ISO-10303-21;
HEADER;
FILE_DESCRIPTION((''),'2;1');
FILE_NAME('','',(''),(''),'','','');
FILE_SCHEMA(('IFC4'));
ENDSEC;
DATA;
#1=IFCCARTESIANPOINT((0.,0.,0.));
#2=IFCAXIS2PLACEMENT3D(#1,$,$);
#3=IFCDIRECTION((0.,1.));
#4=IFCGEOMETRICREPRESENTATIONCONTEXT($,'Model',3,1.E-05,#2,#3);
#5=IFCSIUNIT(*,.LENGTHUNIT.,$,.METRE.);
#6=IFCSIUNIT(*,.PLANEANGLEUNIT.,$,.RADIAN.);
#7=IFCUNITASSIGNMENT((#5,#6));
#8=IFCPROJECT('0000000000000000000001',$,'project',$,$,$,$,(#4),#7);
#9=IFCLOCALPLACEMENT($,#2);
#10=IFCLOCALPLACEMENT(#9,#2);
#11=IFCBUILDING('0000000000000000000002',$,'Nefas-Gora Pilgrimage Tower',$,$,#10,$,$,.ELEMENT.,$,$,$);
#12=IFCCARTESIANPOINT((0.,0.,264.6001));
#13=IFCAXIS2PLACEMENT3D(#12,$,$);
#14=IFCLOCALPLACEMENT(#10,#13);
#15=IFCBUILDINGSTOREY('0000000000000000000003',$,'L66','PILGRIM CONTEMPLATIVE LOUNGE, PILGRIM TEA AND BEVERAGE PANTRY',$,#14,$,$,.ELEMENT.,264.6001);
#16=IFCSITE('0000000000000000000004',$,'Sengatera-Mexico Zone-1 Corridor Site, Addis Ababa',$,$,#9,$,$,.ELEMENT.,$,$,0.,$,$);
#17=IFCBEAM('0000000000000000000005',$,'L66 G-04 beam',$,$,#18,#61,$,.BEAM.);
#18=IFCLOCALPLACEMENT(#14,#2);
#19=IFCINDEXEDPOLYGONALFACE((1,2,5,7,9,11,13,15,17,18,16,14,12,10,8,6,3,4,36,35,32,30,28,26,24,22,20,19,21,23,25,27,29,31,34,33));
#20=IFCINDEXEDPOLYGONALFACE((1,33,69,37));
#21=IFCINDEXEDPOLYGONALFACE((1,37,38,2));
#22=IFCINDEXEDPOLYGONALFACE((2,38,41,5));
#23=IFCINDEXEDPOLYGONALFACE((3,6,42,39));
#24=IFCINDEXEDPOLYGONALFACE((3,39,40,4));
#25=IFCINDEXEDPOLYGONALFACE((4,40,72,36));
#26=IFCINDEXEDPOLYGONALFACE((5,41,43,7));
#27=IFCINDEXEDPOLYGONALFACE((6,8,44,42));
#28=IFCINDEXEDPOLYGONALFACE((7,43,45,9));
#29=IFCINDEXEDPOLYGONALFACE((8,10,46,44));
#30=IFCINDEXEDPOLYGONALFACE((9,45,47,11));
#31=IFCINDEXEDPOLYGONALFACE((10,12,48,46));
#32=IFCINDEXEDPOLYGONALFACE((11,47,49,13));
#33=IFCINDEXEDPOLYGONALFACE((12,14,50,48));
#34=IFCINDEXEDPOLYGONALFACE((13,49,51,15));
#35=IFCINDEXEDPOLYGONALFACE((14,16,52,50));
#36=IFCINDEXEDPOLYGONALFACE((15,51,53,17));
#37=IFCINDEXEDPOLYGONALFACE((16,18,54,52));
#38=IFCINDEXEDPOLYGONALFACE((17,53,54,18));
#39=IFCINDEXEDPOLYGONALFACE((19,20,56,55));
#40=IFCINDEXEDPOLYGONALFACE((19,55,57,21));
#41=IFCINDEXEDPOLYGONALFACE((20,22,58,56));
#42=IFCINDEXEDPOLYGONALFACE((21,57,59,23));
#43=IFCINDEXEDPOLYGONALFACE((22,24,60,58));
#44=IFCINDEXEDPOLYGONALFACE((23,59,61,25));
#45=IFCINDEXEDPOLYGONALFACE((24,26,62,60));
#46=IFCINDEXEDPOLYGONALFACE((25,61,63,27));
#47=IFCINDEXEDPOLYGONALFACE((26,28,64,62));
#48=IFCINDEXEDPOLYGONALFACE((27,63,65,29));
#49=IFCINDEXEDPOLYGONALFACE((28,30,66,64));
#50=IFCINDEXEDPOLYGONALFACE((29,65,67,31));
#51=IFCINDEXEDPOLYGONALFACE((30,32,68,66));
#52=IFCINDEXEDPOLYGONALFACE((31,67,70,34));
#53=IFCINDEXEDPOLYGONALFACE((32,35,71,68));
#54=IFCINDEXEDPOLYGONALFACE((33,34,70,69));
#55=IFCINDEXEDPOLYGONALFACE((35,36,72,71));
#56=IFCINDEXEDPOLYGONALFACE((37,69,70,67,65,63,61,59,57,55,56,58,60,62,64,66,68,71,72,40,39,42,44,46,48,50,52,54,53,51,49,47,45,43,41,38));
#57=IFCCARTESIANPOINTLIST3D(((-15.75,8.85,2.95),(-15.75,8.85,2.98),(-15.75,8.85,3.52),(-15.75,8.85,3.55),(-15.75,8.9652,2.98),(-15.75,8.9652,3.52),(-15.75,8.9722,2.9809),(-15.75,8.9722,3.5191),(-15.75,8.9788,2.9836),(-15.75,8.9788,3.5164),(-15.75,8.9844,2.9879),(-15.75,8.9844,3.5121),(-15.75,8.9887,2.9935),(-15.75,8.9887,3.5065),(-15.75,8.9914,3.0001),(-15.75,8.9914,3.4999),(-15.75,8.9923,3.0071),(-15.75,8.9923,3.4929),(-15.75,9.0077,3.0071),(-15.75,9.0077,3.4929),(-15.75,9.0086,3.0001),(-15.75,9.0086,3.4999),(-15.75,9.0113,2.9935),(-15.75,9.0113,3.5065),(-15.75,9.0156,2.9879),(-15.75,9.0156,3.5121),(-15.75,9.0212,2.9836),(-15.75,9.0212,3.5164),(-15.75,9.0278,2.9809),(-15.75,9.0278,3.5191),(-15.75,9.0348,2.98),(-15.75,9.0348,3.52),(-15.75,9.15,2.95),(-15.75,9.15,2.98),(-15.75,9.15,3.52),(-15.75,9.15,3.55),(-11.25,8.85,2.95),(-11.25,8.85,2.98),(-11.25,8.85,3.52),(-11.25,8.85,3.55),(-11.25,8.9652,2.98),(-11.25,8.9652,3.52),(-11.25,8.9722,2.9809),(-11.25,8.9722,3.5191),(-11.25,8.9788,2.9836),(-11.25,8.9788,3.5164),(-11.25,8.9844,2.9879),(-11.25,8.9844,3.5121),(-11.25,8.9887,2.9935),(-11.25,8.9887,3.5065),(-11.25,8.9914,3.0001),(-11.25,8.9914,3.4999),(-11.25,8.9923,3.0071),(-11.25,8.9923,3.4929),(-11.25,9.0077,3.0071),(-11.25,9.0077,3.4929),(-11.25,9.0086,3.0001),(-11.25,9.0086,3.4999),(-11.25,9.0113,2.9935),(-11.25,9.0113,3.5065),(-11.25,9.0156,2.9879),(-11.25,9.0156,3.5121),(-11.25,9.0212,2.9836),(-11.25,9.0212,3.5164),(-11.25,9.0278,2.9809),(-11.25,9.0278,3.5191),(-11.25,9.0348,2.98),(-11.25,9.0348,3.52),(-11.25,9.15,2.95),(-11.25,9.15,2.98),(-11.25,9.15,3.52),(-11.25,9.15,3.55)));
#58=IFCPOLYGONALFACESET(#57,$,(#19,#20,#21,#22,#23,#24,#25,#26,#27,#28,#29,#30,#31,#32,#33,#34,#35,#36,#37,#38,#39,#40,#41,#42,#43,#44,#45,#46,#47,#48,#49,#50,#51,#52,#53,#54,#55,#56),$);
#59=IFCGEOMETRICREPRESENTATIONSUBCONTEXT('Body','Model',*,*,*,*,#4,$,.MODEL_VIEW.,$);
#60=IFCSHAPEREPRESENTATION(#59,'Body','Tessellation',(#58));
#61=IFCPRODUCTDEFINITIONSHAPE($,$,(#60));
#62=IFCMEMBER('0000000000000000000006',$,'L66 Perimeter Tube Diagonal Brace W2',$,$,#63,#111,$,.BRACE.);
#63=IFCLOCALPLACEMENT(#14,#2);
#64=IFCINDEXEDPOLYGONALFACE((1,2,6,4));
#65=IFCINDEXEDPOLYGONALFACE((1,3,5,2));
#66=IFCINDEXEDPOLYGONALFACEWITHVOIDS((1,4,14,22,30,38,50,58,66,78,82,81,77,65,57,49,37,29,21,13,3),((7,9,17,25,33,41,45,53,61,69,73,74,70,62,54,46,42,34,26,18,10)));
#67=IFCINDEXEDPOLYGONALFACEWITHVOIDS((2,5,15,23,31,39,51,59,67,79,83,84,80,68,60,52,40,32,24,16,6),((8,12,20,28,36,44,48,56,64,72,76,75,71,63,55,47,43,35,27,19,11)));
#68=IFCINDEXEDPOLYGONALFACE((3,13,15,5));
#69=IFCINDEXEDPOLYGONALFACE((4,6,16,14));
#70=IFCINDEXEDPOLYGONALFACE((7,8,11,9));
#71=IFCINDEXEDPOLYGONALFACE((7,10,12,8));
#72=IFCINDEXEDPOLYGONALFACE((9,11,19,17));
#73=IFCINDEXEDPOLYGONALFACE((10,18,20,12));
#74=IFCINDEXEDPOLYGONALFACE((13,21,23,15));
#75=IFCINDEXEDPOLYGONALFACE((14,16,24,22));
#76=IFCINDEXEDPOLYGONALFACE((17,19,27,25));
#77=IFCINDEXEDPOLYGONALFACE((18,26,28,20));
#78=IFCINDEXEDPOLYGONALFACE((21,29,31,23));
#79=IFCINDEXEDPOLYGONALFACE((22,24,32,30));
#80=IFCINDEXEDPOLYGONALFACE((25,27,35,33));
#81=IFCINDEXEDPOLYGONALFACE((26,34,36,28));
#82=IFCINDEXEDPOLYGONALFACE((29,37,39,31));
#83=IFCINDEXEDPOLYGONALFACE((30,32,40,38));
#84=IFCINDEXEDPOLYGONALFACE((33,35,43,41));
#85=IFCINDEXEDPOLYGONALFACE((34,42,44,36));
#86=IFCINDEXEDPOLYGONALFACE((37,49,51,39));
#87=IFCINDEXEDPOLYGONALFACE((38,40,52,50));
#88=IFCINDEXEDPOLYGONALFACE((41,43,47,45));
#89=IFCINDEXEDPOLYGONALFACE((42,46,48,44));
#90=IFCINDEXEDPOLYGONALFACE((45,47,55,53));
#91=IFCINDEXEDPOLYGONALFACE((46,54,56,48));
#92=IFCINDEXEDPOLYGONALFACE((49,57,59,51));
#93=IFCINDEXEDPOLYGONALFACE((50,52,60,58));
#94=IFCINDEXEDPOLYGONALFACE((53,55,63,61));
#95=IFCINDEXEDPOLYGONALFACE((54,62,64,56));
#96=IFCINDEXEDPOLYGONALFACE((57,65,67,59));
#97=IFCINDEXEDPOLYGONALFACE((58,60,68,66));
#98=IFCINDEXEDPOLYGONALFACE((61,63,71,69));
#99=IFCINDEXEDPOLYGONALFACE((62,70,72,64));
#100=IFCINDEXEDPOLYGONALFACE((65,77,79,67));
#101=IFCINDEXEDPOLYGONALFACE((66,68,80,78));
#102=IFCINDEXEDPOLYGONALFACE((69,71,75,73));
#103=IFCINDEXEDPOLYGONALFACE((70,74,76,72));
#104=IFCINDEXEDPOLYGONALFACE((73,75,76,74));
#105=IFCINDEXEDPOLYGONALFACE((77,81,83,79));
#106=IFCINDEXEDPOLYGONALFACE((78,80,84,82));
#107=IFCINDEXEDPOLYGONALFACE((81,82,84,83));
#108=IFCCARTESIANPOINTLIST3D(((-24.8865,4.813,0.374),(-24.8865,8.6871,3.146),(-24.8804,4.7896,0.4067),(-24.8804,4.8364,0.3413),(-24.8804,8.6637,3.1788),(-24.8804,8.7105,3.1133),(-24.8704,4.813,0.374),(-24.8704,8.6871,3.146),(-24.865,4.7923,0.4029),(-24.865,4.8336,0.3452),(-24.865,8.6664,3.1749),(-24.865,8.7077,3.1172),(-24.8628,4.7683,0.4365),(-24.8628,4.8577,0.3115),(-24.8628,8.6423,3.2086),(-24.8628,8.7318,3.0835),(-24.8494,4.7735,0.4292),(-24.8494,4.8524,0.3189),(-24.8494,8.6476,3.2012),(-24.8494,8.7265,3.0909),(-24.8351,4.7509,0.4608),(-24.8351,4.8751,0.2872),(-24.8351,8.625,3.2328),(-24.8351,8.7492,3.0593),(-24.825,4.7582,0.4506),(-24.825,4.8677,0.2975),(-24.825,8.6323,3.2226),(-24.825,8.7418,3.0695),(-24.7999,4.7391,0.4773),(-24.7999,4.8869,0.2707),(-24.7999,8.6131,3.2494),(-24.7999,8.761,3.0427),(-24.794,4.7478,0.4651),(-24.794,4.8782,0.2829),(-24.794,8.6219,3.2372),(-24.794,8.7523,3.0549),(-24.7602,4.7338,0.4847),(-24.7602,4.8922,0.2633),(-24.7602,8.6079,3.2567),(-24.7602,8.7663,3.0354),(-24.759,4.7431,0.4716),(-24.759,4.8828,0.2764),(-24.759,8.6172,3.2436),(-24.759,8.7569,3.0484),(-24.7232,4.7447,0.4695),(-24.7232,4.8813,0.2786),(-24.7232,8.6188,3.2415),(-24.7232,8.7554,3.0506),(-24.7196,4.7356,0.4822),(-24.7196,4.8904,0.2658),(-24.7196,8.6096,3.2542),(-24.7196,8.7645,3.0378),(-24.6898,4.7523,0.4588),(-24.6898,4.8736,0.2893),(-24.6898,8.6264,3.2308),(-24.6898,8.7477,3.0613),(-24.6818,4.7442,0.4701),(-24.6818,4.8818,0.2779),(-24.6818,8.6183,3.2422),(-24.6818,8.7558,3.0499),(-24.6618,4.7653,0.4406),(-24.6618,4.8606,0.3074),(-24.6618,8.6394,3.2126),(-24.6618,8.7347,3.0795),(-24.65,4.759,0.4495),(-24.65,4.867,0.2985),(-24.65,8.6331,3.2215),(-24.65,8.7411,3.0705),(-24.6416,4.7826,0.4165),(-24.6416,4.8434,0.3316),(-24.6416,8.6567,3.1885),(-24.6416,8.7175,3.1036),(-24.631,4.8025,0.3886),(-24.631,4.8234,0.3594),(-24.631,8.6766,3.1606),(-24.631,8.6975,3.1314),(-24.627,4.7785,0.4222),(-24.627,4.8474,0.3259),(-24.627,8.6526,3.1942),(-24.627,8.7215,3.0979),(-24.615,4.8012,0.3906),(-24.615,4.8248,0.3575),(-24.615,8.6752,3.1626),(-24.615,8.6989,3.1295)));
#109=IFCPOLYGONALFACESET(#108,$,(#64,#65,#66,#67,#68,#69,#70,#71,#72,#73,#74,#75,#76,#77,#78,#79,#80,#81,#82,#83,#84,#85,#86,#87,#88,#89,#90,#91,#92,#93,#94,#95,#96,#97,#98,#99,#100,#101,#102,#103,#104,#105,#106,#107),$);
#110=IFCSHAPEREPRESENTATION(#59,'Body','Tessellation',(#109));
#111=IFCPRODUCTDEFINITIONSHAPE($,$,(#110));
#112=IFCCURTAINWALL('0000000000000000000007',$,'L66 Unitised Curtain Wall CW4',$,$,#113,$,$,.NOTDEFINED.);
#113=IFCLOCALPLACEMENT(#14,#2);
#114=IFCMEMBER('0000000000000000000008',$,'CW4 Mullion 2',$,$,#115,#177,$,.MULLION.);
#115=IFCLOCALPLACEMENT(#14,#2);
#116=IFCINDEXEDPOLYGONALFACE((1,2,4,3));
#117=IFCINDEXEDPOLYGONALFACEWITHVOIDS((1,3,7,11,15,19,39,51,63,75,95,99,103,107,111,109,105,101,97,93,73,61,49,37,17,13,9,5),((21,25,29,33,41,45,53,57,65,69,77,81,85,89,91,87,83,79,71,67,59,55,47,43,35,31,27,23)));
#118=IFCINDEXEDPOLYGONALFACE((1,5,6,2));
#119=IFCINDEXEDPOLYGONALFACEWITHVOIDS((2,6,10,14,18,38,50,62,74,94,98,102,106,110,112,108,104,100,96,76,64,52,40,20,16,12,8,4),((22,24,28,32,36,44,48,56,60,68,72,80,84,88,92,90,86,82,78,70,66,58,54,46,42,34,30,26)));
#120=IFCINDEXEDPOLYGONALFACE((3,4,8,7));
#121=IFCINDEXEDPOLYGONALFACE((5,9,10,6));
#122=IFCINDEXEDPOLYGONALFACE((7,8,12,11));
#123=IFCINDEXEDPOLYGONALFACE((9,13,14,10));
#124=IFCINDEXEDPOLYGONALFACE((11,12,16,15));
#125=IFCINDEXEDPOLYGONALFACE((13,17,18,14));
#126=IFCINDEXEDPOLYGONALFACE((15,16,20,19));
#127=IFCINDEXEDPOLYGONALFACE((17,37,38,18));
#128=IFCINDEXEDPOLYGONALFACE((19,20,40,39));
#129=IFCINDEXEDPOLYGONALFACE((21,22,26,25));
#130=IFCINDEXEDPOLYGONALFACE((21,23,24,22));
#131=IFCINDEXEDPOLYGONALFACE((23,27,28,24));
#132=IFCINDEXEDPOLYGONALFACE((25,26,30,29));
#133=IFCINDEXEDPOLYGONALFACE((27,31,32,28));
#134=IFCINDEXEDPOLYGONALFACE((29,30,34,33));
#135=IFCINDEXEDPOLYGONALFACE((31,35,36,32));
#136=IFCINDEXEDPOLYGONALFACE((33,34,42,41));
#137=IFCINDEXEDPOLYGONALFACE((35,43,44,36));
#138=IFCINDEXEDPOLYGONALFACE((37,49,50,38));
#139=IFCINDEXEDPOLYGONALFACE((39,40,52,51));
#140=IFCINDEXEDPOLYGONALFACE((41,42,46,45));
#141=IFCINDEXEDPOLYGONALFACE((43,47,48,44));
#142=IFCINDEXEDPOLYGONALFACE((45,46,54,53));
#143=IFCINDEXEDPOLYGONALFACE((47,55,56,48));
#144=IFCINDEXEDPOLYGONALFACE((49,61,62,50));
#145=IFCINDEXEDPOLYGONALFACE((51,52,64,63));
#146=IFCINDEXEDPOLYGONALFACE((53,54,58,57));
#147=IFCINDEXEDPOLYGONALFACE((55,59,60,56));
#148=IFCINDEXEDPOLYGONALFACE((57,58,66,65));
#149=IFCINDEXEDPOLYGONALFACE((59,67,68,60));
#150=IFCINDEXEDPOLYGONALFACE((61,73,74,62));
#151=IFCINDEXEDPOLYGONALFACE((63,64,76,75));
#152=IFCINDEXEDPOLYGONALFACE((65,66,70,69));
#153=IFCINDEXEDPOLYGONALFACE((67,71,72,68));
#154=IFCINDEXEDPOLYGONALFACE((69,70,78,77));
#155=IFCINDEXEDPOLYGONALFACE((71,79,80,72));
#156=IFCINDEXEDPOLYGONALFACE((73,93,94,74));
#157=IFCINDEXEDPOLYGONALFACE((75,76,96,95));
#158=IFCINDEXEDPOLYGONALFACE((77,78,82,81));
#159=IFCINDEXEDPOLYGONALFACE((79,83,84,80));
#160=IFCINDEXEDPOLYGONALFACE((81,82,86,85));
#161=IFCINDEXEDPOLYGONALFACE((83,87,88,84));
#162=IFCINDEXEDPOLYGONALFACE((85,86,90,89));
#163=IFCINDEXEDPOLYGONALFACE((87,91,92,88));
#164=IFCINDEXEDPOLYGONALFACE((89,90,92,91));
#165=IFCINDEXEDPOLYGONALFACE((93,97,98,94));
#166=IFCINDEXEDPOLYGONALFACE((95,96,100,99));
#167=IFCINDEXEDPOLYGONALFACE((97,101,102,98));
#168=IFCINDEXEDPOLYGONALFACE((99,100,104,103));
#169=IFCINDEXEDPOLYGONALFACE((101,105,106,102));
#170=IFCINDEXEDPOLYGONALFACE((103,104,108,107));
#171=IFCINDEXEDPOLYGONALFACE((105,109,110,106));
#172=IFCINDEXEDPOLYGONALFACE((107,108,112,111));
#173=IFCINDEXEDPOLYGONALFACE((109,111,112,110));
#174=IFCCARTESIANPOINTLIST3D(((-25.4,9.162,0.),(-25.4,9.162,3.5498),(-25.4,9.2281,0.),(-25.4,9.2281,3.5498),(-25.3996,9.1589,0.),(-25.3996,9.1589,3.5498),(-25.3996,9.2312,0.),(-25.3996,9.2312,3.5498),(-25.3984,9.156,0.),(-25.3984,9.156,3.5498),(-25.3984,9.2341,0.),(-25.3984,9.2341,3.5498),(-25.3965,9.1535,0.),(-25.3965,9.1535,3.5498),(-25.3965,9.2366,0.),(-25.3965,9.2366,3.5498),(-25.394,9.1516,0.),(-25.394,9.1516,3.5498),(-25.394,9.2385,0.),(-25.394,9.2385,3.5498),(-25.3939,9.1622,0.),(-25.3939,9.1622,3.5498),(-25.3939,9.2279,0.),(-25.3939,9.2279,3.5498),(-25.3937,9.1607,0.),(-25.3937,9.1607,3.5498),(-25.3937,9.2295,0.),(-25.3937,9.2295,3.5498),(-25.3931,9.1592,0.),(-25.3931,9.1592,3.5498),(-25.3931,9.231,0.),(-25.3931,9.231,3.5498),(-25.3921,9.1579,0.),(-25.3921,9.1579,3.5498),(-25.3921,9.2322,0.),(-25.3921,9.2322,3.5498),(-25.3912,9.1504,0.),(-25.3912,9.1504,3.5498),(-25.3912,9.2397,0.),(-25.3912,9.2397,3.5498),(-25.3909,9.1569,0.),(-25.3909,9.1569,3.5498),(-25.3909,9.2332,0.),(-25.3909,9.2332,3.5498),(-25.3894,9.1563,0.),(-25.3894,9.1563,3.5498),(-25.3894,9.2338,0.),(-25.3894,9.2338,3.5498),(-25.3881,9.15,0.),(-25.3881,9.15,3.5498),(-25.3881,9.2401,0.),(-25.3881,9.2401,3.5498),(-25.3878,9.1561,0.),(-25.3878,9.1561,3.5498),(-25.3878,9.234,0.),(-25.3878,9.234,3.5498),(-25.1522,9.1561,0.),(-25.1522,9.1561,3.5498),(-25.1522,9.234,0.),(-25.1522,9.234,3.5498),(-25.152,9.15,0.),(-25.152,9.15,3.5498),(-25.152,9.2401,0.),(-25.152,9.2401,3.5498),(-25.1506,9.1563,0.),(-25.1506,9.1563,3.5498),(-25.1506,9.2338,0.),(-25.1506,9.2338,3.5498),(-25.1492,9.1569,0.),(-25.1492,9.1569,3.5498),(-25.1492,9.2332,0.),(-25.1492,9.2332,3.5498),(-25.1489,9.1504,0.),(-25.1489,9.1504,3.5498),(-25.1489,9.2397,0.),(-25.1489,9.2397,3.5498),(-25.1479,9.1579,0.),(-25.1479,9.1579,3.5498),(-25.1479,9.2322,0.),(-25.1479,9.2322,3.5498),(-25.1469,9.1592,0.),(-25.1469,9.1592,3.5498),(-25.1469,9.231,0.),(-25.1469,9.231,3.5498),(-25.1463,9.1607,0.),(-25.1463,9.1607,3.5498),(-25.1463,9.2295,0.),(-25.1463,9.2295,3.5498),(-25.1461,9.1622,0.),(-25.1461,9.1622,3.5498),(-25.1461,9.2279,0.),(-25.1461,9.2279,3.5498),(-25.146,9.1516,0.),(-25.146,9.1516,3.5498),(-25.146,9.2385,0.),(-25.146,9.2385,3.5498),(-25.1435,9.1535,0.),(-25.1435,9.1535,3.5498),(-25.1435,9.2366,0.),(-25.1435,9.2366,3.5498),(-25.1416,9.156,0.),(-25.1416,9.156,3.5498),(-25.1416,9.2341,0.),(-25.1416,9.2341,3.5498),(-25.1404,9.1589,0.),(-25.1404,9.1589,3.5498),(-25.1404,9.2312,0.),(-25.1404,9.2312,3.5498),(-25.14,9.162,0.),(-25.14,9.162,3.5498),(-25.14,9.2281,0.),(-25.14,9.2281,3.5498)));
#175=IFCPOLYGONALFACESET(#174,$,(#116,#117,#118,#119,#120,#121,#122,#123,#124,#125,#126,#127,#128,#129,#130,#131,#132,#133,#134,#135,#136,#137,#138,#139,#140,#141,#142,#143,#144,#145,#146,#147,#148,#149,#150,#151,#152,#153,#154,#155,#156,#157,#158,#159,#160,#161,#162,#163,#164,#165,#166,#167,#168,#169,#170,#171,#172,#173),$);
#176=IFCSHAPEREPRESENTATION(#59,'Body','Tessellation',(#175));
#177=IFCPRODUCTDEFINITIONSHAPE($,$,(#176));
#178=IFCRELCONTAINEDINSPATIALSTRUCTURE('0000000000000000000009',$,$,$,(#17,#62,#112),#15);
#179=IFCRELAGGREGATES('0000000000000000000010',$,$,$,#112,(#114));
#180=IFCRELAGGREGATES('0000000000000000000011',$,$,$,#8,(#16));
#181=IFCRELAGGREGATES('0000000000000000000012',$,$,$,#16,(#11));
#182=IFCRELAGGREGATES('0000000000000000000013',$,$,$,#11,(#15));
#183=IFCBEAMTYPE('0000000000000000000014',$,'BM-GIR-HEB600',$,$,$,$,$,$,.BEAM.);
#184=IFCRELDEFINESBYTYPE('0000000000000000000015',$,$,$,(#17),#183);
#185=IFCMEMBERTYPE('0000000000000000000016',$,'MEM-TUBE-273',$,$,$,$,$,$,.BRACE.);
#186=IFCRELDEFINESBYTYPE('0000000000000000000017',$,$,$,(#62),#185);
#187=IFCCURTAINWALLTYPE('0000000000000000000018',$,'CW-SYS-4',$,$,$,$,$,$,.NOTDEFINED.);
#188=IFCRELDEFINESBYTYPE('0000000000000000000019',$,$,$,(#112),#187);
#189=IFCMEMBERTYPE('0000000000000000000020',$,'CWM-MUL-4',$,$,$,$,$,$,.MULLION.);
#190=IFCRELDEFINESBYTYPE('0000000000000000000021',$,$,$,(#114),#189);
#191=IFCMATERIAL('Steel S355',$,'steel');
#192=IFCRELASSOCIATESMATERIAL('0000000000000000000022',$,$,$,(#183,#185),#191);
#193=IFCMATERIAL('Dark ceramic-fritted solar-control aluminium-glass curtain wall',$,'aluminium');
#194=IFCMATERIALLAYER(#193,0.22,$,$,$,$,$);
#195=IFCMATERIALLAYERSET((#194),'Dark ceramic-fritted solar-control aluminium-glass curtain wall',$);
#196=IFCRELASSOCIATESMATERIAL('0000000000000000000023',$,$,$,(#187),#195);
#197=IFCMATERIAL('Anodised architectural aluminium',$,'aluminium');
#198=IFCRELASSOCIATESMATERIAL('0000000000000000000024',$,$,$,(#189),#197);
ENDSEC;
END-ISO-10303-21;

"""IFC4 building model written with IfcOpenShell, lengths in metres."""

from ifc_helpers import new_model, si_unit, direction, frame, origin, origin_2d, place, context, subcontext, project, spatial, hollow_rectangle, hollow_circle, i_section, extrude, source, transform, mapped, material, layer, layer_set, material_profile, profile_set, type_object, element, aggregate, save


model = new_model("IFC4")

# Units and contexts
model_context = context("Model", 3, precision=1e-05, world=origin(), true_north=direction((0.0, 1.0)))
body_context = subcontext(model_context, "Body", "Model", "MODEL_VIEW")
ifc_project = project(units=[si_unit("LENGTHUNIT", "METRE"), si_unit("PLANEANGLEUNIT", "RADIAN")], contexts=[model_context])

# Site, building, storey
site_placement = place(None, origin())
site = spatial("IfcSite", under=ifc_project, at=site_placement, Name="Sengatera-Mexico Zone-1 Corridor Site, Addis Ababa", CompositionType="ELEMENT", RefElevation=0.0)
building_placement = place(site_placement, origin())
building = spatial("IfcBuilding", under=site, at=building_placement, Name="Nefas-Gora Pilgrimage Tower", CompositionType="ELEMENT")
storey_placement = place(building_placement, frame((0.0, 0.0, 264.6001)))
storey = spatial("IfcBuildingStorey", under=building, at=storey_placement, Name="L66", Description="PILGRIM CONTEMPLATIVE LOUNGE, PILGRIM TEA AND BEVERAGE PANTRY", CompositionType="ELEMENT", Elevation=264.6001)

# Shared definitions
ifc_material_1 = material(Name="Steel S355", Category="steel")

# Beam
ifc_material_profile_1 = material_profile(ifc_material_1, i_section(OverallWidth=0.3, OverallDepth=0.6001, WebThickness=0.0154, FlangeThickness=0.03, FilletRadius=0.0271, at=origin_2d()), Name="HEB 600")
ifc_profile_set_1 = profile_set([ifc_material_profile_1], Name="Steel S355")
beam_type_1 = type_object("IfcBeamType", Name="BM-GIR-HEB600", PredefinedType="BEAM", material=ifc_profile_set_1)
shared_shape_1 = source(origin(), body_context, "Body", "SweptSolid", [
    extrude(i_section(OverallWidth=0.3, OverallDepth=0.6001, WebThickness=0.0154, FlangeThickness=0.03, FilletRadius=0.0271, at=origin_2d()), origin(), (0.0, 0.0, 1.0), 4.5),
])
for number, where, z_axis, x_axis, name in (
    (1, (-15.75, 9.0, 3.25), (1.0, 0.0, 0.0), (0.0, 1.0, 0.0), "L66 G-04 beam"),
):
    element("IfcBeam", number, at=place(storey_placement, frame(where, z_axis=z_axis, x_axis=x_axis)), inside=storey, type_object=beam_type_1, Name=name, PredefinedType="BEAM", context=body_context, shape_type="MappedRepresentation", body=[
        mapped(shared_shape_1, transform((0.0, 0.0, 0.0), x_axis=(1.0, 0.0, 0.0), y_axis=(0.0, 1.0, 0.0), z_axis=(0.0, 0.0, 1.0), scale=1.0)),
    ])

# Member
ifc_material_profile_2 = material_profile(ifc_material_1, hollow_circle(Radius=0.1365, WallThickness=0.0161, at=origin_2d()), Name="CHS 273x16")
ifc_profile_set_2 = profile_set([ifc_material_profile_2], Name="Steel S355")
member_type_1 = type_object("IfcMemberType", Name="MEM-TUBE-273", PredefinedType="BRACE", material=ifc_profile_set_2)
shared_shape_2 = source(origin(), body_context, "Body", "SweptSolid", [
    extrude(hollow_circle(Radius=0.1365, WallThickness=0.0161, at=origin_2d()), origin(), (0.0, 0.0, 1.0), 4.7637),
])
member_1_placement = place(storey_placement, frame((-24.75, 4.813, 0.374), z_axis=(0.0, 0.813255, 0.581907), x_axis=(-1.0, 0.0, 0.0)))
element("IfcMember", 2, at=member_1_placement, inside=storey, type_object=member_type_1, Name="L66 Perimeter Tube Diagonal Brace W2", PredefinedType="BRACE", context=body_context, shape_type="MappedRepresentation", body=[
    mapped(shared_shape_2, transform((0.0, 0.0, 0.0), x_axis=(1.0, 0.0, 0.0), y_axis=(0.0, 1.0, 0.0), z_axis=(0.0, 0.0, 1.0), scale=1.0)),
])

# Curtain wall, member
ifc_material_2 = material(Name="Dark ceramic-fritted solar-control aluminium-glass curtain wall", Category="aluminium")
ifc_layer_1 = layer(ifc_material_2, 0.22)
ifc_layer_set_1 = layer_set([ifc_layer_1], Name="Dark ceramic-fritted solar-control aluminium-glass curtain wall")
curtain_wall_type = type_object("IfcCurtainWallType", Name="CW-SYS-4", PredefinedType="NOTDEFINED", material=ifc_layer_set_1)
curtain_wall_1_placement = place(storey_placement, origin())
curtain_wall_1 = element("IfcCurtainWall", 3, at=curtain_wall_1_placement, inside=storey, type_object=curtain_wall_type, Name="L66 Unitised Curtain Wall CW4", PredefinedType="NOTDEFINED")
ifc_material_3 = material(Name="Anodised architectural aluminium", Category="aluminium")
ifc_material_profile_3 = material_profile(ifc_material_3, hollow_rectangle(XDim=0.0901, YDim=0.26, WallThickness=0.0061, InnerFilletRadius=0.0061, OuterFilletRadius=0.012, at=origin_2d()), Name="ALU MULLION 90x260")
ifc_profile_set_3 = profile_set([ifc_material_profile_3], Name="Anodised architectural aluminium")
member_type_2 = type_object("IfcMemberType", Name="CWM-MUL-4", PredefinedType="MULLION", material=ifc_profile_set_3)
shared_shape_3 = source(origin(), body_context, "Body", "SweptSolid", [
    extrude(hollow_rectangle(XDim=0.0901, YDim=0.26, WallThickness=0.0061, InnerFilletRadius=0.0061, OuterFilletRadius=0.012, at=origin_2d()), origin(), (0.0, 0.0, 1.0), 3.5498),
])
member_2_placement = place(storey_placement, frame((-25.27, 9.1951, 0.0), z_axis=(0.0, 0.0, 1.0), x_axis=(0.0, -1.0, 0.0)))
member_2 = element("IfcMember", 4, at=member_2_placement, type_object=member_type_2, Name="CW4 Mullion 2", PredefinedType="MULLION", context=body_context, shape_type="MappedRepresentation", body=[
    mapped(shared_shape_3, transform((0.0, 0.0, 0.0), x_axis=(1.0, 0.0, 0.0), y_axis=(0.0, 1.0, 0.0), z_axis=(0.0, 0.0, 1.0), scale=1.0)),
])
aggregate(curtain_wall_1, [member_2])

save(model, "model.ifc")
